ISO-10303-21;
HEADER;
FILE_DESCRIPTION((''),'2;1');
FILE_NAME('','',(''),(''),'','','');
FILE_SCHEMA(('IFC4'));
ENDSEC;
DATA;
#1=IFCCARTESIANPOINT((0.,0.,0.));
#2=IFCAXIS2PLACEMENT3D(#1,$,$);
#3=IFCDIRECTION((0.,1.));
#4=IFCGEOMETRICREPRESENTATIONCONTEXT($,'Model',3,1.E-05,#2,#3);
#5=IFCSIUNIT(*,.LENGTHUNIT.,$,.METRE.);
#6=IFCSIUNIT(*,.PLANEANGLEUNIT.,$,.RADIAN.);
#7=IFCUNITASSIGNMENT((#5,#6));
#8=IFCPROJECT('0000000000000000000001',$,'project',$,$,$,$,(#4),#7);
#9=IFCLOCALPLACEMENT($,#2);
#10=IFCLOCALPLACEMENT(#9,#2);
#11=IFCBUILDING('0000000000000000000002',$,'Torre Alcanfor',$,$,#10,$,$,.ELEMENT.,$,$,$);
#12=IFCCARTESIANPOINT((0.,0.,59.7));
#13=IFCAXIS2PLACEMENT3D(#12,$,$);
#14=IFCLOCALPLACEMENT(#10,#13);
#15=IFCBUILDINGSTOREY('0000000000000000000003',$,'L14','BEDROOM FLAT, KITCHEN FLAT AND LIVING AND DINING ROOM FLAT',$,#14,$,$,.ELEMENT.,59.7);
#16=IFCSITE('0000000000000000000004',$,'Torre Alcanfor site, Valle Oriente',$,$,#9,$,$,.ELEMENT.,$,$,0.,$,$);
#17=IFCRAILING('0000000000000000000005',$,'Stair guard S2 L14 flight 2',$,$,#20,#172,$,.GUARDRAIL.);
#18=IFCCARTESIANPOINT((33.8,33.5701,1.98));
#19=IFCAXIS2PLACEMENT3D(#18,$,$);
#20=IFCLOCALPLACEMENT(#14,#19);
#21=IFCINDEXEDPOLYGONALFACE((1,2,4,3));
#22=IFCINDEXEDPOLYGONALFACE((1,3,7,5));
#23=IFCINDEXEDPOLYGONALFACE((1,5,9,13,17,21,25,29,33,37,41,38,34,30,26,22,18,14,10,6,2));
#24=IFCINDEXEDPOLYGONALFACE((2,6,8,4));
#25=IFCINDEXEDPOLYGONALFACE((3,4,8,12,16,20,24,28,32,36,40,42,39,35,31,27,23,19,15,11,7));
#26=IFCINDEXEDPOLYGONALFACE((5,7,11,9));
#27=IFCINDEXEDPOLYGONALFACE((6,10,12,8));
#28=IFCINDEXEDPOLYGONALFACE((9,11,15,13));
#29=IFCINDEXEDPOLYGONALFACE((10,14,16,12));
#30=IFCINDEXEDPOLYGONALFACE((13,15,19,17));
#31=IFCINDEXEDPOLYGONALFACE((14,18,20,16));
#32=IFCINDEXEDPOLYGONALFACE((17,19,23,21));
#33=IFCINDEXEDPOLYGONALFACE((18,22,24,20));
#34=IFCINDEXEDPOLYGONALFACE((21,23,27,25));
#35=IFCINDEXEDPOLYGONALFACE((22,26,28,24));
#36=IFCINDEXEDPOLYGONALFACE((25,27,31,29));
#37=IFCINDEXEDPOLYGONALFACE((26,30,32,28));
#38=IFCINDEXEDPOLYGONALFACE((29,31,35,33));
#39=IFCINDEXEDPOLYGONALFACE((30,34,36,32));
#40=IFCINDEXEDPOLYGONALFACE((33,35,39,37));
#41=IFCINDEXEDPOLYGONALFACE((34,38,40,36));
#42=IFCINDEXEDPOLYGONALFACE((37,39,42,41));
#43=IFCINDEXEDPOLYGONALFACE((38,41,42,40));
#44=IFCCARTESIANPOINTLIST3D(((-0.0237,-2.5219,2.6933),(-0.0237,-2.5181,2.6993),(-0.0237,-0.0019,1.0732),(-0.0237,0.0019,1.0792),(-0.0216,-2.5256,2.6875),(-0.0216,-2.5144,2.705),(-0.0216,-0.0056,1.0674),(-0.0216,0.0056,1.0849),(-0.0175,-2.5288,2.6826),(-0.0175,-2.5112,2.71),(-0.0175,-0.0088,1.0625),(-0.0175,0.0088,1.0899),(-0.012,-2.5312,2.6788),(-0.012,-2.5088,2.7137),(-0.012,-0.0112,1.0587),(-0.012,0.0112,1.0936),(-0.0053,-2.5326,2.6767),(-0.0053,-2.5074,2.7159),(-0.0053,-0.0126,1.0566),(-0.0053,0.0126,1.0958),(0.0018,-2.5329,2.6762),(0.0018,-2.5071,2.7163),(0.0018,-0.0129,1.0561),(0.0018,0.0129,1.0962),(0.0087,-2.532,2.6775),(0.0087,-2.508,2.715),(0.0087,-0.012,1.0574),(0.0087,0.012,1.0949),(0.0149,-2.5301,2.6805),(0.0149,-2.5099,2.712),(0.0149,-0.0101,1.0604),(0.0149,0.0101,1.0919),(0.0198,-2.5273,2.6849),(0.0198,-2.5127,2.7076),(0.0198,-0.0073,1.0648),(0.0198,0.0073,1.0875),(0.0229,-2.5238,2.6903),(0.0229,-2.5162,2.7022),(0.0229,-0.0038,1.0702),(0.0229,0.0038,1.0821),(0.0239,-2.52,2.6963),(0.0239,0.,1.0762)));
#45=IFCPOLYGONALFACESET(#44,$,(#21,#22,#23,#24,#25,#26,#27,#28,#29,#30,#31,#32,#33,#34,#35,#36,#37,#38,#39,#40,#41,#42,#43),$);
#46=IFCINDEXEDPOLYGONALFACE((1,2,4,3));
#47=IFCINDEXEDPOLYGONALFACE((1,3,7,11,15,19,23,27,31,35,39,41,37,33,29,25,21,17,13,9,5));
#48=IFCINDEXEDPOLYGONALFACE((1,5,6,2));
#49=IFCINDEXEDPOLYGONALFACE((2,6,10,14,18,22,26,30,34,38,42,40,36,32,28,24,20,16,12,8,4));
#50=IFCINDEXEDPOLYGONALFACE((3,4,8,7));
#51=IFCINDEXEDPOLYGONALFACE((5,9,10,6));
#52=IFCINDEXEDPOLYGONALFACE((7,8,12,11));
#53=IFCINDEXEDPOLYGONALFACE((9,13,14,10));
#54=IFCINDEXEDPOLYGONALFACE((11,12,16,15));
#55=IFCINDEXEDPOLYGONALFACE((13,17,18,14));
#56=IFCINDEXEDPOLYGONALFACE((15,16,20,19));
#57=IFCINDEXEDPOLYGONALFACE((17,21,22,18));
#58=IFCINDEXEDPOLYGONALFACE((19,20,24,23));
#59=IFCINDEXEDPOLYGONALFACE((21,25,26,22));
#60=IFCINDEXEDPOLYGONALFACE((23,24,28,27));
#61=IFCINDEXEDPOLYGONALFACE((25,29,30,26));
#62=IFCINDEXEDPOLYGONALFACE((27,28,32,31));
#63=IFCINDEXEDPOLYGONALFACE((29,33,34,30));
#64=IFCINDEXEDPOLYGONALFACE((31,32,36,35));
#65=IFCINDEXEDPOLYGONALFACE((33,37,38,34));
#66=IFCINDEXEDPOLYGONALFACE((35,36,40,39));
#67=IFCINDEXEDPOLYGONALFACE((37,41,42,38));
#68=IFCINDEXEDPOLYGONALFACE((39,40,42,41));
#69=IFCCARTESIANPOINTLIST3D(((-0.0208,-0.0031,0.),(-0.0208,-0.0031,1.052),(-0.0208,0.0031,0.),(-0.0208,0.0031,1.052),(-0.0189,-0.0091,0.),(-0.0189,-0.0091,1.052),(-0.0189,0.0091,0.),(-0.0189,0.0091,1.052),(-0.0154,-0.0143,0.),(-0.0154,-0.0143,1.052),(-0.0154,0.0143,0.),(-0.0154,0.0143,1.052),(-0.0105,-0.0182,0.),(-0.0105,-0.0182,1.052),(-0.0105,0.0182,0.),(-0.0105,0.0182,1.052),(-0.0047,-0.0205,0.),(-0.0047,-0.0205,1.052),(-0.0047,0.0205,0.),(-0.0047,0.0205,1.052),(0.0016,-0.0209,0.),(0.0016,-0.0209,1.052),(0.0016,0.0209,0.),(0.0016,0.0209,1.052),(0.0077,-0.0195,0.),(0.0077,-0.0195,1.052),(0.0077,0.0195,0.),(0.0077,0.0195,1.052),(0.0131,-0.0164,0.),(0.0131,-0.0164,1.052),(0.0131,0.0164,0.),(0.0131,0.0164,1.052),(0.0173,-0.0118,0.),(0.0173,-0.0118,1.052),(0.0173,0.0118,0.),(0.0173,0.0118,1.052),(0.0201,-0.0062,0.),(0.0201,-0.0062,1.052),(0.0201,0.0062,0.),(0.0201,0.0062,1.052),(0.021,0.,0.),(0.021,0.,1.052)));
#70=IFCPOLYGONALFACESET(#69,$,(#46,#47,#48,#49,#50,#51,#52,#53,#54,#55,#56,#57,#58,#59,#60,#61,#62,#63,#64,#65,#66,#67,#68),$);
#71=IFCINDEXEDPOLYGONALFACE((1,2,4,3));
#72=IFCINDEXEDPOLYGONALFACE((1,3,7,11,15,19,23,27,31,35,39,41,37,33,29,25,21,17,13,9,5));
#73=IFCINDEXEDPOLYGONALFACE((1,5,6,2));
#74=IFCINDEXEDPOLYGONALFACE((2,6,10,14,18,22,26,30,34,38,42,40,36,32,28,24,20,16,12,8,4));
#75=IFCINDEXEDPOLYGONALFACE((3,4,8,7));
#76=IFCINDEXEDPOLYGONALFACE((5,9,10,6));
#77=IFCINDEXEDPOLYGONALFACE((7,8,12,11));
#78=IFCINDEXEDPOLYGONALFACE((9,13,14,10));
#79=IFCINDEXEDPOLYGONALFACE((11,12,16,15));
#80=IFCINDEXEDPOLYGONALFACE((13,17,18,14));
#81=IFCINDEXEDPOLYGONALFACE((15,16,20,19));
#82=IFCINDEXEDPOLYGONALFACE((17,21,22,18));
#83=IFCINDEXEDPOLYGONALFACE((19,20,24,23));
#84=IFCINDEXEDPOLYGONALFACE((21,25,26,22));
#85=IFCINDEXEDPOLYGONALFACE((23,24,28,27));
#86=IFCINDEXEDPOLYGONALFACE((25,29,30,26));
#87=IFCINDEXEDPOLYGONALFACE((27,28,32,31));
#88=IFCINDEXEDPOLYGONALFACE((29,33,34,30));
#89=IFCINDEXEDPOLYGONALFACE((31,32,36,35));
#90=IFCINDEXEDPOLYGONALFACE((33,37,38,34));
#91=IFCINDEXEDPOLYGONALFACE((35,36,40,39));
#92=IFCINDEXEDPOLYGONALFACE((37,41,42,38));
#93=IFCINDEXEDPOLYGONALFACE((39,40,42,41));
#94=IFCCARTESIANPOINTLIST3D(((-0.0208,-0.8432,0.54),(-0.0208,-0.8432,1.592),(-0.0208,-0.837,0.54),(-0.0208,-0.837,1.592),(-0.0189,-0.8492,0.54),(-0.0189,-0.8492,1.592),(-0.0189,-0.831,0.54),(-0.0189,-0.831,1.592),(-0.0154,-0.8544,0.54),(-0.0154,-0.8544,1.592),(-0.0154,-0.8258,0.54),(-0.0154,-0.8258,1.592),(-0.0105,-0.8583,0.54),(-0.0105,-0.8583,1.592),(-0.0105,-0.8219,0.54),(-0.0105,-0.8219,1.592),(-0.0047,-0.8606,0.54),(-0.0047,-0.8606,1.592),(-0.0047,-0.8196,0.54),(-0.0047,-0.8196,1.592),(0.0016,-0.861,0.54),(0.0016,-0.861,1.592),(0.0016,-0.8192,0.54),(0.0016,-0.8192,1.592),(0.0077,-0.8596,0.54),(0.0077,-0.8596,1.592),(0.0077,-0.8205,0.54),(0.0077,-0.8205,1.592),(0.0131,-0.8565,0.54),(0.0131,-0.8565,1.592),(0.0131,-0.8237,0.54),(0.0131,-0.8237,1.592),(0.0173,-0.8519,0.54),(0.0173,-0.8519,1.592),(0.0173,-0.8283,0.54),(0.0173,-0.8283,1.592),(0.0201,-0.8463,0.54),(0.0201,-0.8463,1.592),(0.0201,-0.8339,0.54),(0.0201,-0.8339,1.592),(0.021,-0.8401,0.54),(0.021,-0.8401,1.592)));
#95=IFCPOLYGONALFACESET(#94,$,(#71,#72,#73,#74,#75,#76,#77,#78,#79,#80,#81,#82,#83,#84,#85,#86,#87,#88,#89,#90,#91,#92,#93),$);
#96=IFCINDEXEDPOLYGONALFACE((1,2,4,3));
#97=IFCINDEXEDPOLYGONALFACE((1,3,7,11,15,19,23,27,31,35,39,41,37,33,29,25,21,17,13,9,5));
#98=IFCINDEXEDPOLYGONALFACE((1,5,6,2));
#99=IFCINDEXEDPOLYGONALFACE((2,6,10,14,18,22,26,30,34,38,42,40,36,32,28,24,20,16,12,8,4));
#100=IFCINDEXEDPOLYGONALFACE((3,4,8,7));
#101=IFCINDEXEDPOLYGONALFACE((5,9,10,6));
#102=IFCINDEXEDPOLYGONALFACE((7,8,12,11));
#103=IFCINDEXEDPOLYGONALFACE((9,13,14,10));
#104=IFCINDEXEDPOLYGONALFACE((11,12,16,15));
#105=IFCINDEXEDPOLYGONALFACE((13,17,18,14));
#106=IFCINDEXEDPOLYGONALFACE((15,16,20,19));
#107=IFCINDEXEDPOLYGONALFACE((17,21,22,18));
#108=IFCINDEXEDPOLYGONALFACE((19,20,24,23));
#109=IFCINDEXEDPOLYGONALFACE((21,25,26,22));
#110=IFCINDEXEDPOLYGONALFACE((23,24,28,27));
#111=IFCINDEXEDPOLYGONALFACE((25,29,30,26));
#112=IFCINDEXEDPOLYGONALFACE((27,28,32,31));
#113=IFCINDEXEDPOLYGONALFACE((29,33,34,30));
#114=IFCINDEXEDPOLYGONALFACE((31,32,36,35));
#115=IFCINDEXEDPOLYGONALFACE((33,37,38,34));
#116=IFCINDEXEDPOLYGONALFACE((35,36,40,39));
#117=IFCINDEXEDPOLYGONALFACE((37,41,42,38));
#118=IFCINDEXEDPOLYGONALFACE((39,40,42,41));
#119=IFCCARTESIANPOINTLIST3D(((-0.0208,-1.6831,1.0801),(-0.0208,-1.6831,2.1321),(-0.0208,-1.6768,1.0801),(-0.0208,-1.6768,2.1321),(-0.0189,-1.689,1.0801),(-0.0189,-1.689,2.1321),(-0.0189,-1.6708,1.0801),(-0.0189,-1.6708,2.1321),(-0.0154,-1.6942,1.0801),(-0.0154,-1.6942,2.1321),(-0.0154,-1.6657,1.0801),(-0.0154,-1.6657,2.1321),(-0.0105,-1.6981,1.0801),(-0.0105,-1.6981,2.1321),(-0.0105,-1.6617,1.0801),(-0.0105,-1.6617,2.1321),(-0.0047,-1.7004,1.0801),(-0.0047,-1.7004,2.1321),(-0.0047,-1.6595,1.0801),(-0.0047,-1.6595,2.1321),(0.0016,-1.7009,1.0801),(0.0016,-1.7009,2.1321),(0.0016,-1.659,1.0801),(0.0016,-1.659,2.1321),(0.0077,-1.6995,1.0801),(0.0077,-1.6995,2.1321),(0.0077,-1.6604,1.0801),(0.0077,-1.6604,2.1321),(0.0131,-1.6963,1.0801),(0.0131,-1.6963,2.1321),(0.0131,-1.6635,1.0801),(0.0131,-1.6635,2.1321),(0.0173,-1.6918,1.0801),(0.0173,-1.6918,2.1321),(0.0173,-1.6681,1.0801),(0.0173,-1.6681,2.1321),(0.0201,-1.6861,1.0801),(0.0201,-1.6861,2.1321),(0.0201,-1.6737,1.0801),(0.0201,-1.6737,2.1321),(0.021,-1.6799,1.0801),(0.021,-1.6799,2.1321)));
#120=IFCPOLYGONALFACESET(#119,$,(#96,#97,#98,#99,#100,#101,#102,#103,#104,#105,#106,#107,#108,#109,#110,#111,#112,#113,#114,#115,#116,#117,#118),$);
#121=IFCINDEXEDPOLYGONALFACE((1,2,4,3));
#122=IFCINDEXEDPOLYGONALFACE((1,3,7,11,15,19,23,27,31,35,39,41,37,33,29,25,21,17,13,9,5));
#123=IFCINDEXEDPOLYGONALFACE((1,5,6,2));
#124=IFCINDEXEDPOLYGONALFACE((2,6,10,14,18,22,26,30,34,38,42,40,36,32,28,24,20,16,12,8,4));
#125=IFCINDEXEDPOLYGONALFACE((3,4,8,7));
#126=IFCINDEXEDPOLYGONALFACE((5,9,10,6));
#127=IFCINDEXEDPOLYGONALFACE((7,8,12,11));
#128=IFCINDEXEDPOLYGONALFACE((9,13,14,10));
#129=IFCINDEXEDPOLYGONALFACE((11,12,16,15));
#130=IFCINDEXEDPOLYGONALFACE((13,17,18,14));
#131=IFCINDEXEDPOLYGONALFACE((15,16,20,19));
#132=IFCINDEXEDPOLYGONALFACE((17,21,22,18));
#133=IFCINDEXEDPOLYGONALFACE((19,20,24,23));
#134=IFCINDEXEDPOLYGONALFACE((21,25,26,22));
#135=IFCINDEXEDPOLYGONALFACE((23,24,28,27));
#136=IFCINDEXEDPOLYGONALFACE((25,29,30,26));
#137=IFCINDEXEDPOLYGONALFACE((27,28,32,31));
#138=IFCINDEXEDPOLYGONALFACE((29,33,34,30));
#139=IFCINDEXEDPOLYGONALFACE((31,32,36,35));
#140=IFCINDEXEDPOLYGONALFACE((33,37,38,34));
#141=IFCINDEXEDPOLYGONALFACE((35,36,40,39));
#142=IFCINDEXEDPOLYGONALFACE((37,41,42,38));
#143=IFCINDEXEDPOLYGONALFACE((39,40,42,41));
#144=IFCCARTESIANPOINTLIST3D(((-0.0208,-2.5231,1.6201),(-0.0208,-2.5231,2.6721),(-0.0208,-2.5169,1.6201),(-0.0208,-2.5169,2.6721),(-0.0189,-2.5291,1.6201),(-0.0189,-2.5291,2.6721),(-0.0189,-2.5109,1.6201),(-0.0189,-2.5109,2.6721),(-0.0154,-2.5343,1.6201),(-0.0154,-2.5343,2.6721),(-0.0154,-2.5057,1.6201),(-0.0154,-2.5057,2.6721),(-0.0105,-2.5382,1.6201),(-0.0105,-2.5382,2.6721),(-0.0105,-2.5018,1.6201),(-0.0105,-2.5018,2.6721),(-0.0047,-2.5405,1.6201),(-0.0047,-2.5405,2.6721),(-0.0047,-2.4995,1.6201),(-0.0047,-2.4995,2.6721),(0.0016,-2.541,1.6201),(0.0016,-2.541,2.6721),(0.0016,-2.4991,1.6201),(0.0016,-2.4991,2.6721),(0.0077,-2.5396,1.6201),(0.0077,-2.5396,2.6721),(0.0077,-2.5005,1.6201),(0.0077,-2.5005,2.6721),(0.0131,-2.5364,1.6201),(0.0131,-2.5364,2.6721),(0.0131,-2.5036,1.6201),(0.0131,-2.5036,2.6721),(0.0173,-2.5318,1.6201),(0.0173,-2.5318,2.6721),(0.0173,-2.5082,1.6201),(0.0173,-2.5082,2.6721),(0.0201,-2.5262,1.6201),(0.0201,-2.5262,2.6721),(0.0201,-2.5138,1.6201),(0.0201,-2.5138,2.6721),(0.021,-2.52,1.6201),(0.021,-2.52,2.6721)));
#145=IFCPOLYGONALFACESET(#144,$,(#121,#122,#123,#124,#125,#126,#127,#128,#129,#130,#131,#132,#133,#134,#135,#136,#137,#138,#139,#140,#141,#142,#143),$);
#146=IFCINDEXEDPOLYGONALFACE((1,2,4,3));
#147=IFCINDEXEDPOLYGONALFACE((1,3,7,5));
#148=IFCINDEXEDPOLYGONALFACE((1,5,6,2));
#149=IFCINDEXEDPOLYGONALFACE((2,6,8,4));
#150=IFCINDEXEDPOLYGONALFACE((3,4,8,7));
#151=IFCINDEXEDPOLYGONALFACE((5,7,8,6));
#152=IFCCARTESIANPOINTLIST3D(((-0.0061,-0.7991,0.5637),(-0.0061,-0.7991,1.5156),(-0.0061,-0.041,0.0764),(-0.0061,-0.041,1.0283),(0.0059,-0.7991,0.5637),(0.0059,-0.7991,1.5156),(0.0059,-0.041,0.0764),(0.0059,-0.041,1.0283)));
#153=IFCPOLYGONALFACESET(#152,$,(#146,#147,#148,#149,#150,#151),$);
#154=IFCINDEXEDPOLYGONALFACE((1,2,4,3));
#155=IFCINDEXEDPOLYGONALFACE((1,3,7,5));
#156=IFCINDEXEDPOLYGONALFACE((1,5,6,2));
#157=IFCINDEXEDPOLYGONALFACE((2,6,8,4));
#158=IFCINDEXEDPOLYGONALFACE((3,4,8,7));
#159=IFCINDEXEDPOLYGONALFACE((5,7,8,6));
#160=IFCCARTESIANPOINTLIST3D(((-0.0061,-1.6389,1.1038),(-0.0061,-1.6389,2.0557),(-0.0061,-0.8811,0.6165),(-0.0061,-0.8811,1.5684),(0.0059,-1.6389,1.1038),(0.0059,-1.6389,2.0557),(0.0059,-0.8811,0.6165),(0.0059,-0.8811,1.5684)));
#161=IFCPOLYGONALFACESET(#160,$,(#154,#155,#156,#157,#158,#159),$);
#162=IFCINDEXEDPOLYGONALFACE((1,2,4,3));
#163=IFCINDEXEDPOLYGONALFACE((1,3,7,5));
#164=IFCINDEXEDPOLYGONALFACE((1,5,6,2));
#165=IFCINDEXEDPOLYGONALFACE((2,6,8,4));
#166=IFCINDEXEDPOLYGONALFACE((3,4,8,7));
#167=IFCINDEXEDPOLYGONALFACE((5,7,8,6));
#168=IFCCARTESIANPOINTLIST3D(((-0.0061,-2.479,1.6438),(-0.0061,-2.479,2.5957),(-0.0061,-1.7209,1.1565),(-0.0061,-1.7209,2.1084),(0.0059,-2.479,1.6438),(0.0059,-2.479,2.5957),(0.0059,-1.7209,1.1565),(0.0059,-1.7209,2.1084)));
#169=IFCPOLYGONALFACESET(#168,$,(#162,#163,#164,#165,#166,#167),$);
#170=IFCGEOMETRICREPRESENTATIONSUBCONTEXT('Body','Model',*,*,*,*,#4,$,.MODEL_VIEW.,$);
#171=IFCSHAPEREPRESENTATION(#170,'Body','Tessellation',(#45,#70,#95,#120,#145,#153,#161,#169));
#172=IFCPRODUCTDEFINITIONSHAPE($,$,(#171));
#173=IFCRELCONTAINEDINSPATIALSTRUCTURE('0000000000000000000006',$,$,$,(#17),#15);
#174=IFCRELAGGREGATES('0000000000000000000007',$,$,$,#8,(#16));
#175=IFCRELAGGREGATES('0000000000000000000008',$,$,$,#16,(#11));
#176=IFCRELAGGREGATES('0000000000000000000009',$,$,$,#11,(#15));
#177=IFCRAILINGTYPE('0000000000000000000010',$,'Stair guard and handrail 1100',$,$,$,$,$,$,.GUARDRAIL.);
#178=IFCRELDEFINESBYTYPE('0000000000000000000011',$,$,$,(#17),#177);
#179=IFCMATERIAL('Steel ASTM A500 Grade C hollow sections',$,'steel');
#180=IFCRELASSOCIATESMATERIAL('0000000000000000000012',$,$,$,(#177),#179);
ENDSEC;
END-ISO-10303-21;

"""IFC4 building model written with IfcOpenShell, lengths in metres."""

from ifc_helpers import new_model, si_unit, direction, frame, origin, origin_2d, place, context, subcontext, project, spatial, polyline, circle, outline, extrude, material, type_object, element, save


model = new_model("IFC4")

# Units and contexts
model_context = context("Model", 3, precision=1e-05, world=origin(), true_north=direction((0.0, 1.0)))
body_context = subcontext(model_context, "Body", "Model", "MODEL_VIEW")
ifc_project = project(units=[si_unit("LENGTHUNIT", "METRE"), si_unit("PLANEANGLEUNIT", "RADIAN")], contexts=[model_context])

# Site, building, storey
site_placement = place(None, origin())
site = spatial("IfcSite", under=ifc_project, at=site_placement, Name="Torre Alcanfor site, Valle Oriente", CompositionType="ELEMENT", RefElevation=0.0)
building_placement = place(site_placement, origin())
building = spatial("IfcBuilding", under=site, at=building_placement, Name="Torre Alcanfor", CompositionType="ELEMENT")
storey_placement = place(building_placement, frame((0.0, 0.0, 59.7)))
storey = spatial("IfcBuildingStorey", under=building, at=storey_placement, Name="L14", Description="BEDROOM FLAT, KITCHEN FLAT AND LIVING AND DINING ROOM FLAT", CompositionType="ELEMENT", Elevation=59.7)

# Railing
ifc_material_1 = material(Name="Steel ASTM A500 Grade C hollow sections", Category="steel")
railing_type_1 = type_object("IfcRailingType", Name="Stair guard and handrail 1100", PredefinedType="GUARDRAIL", material=ifc_material_1)
railing_1_placement = place(storey_placement, frame((33.8, 33.5701, 1.98)))
element("IfcRailing", 1, at=railing_1_placement, inside=storey, type_object=railing_type_1, Name="Stair guard S2 L14 flight 2", PredefinedType="GUARDRAIL", context=body_context, shape_type="SweptSolid", body=[
    extrude(circle(Radius=0.0239, at=origin_2d()), frame((0.0, 0.0, 1.0762), z_axis=(0.0, -0.841163, 0.540782), x_axis=(1.0, 0.0, 0.0)), (0.0, 0.0, 1.0), 2.9958),
    extrude(circle(Radius=0.021, at=origin_2d()), origin(), (0.0, 0.0, 1.0), 1.052),
    extrude(circle(Radius=0.021, at=origin_2d()), frame((0.0, -0.8401, 0.54)), (0.0, 0.0, 1.0), 1.052),
    extrude(circle(Radius=0.021, at=origin_2d()), frame((0.0, -1.6799, 1.0801)), (0.0, 0.0, 1.0), 1.052),
    extrude(circle(Radius=0.021, at=origin_2d()), frame((0.0, -2.52, 1.6201)), (0.0, 0.0, 1.0), 1.052),
    extrude(outline(polyline([(0.041, 0.0764), (0.7991, 0.5637), (0.7991, 1.5156), (0.041, 1.0283), (0.041, 0.0764)])), frame((0.0059, 0.0, 0.0), z_axis=(-1.0, 0.0, 0.0), x_axis=(0.0, -1.0, 0.0)), (0.0, 0.0, 1.0), 0.012),
    extrude(outline(polyline([(0.8811, 0.6165), (1.6389, 1.1038), (1.6389, 2.0557), (0.8811, 1.5684), (0.8811, 0.6165)])), frame((0.0059, 0.0, 0.0), z_axis=(-1.0, 0.0, 0.0), x_axis=(0.0, -1.0, 0.0)), (0.0, 0.0, 1.0), 0.012),
    extrude(outline(polyline([(1.7209, 1.1565), (2.479, 1.6438), (2.479, 2.5957), (1.7209, 2.1084), (1.7209, 1.1565)])), frame((0.0059, 0.0, 0.0), z_axis=(-1.0, 0.0, 0.0), x_axis=(0.0, -1.0, 0.0)), (0.0, 0.0, 1.0), 0.012),
])

save(model, "model.ifc")
